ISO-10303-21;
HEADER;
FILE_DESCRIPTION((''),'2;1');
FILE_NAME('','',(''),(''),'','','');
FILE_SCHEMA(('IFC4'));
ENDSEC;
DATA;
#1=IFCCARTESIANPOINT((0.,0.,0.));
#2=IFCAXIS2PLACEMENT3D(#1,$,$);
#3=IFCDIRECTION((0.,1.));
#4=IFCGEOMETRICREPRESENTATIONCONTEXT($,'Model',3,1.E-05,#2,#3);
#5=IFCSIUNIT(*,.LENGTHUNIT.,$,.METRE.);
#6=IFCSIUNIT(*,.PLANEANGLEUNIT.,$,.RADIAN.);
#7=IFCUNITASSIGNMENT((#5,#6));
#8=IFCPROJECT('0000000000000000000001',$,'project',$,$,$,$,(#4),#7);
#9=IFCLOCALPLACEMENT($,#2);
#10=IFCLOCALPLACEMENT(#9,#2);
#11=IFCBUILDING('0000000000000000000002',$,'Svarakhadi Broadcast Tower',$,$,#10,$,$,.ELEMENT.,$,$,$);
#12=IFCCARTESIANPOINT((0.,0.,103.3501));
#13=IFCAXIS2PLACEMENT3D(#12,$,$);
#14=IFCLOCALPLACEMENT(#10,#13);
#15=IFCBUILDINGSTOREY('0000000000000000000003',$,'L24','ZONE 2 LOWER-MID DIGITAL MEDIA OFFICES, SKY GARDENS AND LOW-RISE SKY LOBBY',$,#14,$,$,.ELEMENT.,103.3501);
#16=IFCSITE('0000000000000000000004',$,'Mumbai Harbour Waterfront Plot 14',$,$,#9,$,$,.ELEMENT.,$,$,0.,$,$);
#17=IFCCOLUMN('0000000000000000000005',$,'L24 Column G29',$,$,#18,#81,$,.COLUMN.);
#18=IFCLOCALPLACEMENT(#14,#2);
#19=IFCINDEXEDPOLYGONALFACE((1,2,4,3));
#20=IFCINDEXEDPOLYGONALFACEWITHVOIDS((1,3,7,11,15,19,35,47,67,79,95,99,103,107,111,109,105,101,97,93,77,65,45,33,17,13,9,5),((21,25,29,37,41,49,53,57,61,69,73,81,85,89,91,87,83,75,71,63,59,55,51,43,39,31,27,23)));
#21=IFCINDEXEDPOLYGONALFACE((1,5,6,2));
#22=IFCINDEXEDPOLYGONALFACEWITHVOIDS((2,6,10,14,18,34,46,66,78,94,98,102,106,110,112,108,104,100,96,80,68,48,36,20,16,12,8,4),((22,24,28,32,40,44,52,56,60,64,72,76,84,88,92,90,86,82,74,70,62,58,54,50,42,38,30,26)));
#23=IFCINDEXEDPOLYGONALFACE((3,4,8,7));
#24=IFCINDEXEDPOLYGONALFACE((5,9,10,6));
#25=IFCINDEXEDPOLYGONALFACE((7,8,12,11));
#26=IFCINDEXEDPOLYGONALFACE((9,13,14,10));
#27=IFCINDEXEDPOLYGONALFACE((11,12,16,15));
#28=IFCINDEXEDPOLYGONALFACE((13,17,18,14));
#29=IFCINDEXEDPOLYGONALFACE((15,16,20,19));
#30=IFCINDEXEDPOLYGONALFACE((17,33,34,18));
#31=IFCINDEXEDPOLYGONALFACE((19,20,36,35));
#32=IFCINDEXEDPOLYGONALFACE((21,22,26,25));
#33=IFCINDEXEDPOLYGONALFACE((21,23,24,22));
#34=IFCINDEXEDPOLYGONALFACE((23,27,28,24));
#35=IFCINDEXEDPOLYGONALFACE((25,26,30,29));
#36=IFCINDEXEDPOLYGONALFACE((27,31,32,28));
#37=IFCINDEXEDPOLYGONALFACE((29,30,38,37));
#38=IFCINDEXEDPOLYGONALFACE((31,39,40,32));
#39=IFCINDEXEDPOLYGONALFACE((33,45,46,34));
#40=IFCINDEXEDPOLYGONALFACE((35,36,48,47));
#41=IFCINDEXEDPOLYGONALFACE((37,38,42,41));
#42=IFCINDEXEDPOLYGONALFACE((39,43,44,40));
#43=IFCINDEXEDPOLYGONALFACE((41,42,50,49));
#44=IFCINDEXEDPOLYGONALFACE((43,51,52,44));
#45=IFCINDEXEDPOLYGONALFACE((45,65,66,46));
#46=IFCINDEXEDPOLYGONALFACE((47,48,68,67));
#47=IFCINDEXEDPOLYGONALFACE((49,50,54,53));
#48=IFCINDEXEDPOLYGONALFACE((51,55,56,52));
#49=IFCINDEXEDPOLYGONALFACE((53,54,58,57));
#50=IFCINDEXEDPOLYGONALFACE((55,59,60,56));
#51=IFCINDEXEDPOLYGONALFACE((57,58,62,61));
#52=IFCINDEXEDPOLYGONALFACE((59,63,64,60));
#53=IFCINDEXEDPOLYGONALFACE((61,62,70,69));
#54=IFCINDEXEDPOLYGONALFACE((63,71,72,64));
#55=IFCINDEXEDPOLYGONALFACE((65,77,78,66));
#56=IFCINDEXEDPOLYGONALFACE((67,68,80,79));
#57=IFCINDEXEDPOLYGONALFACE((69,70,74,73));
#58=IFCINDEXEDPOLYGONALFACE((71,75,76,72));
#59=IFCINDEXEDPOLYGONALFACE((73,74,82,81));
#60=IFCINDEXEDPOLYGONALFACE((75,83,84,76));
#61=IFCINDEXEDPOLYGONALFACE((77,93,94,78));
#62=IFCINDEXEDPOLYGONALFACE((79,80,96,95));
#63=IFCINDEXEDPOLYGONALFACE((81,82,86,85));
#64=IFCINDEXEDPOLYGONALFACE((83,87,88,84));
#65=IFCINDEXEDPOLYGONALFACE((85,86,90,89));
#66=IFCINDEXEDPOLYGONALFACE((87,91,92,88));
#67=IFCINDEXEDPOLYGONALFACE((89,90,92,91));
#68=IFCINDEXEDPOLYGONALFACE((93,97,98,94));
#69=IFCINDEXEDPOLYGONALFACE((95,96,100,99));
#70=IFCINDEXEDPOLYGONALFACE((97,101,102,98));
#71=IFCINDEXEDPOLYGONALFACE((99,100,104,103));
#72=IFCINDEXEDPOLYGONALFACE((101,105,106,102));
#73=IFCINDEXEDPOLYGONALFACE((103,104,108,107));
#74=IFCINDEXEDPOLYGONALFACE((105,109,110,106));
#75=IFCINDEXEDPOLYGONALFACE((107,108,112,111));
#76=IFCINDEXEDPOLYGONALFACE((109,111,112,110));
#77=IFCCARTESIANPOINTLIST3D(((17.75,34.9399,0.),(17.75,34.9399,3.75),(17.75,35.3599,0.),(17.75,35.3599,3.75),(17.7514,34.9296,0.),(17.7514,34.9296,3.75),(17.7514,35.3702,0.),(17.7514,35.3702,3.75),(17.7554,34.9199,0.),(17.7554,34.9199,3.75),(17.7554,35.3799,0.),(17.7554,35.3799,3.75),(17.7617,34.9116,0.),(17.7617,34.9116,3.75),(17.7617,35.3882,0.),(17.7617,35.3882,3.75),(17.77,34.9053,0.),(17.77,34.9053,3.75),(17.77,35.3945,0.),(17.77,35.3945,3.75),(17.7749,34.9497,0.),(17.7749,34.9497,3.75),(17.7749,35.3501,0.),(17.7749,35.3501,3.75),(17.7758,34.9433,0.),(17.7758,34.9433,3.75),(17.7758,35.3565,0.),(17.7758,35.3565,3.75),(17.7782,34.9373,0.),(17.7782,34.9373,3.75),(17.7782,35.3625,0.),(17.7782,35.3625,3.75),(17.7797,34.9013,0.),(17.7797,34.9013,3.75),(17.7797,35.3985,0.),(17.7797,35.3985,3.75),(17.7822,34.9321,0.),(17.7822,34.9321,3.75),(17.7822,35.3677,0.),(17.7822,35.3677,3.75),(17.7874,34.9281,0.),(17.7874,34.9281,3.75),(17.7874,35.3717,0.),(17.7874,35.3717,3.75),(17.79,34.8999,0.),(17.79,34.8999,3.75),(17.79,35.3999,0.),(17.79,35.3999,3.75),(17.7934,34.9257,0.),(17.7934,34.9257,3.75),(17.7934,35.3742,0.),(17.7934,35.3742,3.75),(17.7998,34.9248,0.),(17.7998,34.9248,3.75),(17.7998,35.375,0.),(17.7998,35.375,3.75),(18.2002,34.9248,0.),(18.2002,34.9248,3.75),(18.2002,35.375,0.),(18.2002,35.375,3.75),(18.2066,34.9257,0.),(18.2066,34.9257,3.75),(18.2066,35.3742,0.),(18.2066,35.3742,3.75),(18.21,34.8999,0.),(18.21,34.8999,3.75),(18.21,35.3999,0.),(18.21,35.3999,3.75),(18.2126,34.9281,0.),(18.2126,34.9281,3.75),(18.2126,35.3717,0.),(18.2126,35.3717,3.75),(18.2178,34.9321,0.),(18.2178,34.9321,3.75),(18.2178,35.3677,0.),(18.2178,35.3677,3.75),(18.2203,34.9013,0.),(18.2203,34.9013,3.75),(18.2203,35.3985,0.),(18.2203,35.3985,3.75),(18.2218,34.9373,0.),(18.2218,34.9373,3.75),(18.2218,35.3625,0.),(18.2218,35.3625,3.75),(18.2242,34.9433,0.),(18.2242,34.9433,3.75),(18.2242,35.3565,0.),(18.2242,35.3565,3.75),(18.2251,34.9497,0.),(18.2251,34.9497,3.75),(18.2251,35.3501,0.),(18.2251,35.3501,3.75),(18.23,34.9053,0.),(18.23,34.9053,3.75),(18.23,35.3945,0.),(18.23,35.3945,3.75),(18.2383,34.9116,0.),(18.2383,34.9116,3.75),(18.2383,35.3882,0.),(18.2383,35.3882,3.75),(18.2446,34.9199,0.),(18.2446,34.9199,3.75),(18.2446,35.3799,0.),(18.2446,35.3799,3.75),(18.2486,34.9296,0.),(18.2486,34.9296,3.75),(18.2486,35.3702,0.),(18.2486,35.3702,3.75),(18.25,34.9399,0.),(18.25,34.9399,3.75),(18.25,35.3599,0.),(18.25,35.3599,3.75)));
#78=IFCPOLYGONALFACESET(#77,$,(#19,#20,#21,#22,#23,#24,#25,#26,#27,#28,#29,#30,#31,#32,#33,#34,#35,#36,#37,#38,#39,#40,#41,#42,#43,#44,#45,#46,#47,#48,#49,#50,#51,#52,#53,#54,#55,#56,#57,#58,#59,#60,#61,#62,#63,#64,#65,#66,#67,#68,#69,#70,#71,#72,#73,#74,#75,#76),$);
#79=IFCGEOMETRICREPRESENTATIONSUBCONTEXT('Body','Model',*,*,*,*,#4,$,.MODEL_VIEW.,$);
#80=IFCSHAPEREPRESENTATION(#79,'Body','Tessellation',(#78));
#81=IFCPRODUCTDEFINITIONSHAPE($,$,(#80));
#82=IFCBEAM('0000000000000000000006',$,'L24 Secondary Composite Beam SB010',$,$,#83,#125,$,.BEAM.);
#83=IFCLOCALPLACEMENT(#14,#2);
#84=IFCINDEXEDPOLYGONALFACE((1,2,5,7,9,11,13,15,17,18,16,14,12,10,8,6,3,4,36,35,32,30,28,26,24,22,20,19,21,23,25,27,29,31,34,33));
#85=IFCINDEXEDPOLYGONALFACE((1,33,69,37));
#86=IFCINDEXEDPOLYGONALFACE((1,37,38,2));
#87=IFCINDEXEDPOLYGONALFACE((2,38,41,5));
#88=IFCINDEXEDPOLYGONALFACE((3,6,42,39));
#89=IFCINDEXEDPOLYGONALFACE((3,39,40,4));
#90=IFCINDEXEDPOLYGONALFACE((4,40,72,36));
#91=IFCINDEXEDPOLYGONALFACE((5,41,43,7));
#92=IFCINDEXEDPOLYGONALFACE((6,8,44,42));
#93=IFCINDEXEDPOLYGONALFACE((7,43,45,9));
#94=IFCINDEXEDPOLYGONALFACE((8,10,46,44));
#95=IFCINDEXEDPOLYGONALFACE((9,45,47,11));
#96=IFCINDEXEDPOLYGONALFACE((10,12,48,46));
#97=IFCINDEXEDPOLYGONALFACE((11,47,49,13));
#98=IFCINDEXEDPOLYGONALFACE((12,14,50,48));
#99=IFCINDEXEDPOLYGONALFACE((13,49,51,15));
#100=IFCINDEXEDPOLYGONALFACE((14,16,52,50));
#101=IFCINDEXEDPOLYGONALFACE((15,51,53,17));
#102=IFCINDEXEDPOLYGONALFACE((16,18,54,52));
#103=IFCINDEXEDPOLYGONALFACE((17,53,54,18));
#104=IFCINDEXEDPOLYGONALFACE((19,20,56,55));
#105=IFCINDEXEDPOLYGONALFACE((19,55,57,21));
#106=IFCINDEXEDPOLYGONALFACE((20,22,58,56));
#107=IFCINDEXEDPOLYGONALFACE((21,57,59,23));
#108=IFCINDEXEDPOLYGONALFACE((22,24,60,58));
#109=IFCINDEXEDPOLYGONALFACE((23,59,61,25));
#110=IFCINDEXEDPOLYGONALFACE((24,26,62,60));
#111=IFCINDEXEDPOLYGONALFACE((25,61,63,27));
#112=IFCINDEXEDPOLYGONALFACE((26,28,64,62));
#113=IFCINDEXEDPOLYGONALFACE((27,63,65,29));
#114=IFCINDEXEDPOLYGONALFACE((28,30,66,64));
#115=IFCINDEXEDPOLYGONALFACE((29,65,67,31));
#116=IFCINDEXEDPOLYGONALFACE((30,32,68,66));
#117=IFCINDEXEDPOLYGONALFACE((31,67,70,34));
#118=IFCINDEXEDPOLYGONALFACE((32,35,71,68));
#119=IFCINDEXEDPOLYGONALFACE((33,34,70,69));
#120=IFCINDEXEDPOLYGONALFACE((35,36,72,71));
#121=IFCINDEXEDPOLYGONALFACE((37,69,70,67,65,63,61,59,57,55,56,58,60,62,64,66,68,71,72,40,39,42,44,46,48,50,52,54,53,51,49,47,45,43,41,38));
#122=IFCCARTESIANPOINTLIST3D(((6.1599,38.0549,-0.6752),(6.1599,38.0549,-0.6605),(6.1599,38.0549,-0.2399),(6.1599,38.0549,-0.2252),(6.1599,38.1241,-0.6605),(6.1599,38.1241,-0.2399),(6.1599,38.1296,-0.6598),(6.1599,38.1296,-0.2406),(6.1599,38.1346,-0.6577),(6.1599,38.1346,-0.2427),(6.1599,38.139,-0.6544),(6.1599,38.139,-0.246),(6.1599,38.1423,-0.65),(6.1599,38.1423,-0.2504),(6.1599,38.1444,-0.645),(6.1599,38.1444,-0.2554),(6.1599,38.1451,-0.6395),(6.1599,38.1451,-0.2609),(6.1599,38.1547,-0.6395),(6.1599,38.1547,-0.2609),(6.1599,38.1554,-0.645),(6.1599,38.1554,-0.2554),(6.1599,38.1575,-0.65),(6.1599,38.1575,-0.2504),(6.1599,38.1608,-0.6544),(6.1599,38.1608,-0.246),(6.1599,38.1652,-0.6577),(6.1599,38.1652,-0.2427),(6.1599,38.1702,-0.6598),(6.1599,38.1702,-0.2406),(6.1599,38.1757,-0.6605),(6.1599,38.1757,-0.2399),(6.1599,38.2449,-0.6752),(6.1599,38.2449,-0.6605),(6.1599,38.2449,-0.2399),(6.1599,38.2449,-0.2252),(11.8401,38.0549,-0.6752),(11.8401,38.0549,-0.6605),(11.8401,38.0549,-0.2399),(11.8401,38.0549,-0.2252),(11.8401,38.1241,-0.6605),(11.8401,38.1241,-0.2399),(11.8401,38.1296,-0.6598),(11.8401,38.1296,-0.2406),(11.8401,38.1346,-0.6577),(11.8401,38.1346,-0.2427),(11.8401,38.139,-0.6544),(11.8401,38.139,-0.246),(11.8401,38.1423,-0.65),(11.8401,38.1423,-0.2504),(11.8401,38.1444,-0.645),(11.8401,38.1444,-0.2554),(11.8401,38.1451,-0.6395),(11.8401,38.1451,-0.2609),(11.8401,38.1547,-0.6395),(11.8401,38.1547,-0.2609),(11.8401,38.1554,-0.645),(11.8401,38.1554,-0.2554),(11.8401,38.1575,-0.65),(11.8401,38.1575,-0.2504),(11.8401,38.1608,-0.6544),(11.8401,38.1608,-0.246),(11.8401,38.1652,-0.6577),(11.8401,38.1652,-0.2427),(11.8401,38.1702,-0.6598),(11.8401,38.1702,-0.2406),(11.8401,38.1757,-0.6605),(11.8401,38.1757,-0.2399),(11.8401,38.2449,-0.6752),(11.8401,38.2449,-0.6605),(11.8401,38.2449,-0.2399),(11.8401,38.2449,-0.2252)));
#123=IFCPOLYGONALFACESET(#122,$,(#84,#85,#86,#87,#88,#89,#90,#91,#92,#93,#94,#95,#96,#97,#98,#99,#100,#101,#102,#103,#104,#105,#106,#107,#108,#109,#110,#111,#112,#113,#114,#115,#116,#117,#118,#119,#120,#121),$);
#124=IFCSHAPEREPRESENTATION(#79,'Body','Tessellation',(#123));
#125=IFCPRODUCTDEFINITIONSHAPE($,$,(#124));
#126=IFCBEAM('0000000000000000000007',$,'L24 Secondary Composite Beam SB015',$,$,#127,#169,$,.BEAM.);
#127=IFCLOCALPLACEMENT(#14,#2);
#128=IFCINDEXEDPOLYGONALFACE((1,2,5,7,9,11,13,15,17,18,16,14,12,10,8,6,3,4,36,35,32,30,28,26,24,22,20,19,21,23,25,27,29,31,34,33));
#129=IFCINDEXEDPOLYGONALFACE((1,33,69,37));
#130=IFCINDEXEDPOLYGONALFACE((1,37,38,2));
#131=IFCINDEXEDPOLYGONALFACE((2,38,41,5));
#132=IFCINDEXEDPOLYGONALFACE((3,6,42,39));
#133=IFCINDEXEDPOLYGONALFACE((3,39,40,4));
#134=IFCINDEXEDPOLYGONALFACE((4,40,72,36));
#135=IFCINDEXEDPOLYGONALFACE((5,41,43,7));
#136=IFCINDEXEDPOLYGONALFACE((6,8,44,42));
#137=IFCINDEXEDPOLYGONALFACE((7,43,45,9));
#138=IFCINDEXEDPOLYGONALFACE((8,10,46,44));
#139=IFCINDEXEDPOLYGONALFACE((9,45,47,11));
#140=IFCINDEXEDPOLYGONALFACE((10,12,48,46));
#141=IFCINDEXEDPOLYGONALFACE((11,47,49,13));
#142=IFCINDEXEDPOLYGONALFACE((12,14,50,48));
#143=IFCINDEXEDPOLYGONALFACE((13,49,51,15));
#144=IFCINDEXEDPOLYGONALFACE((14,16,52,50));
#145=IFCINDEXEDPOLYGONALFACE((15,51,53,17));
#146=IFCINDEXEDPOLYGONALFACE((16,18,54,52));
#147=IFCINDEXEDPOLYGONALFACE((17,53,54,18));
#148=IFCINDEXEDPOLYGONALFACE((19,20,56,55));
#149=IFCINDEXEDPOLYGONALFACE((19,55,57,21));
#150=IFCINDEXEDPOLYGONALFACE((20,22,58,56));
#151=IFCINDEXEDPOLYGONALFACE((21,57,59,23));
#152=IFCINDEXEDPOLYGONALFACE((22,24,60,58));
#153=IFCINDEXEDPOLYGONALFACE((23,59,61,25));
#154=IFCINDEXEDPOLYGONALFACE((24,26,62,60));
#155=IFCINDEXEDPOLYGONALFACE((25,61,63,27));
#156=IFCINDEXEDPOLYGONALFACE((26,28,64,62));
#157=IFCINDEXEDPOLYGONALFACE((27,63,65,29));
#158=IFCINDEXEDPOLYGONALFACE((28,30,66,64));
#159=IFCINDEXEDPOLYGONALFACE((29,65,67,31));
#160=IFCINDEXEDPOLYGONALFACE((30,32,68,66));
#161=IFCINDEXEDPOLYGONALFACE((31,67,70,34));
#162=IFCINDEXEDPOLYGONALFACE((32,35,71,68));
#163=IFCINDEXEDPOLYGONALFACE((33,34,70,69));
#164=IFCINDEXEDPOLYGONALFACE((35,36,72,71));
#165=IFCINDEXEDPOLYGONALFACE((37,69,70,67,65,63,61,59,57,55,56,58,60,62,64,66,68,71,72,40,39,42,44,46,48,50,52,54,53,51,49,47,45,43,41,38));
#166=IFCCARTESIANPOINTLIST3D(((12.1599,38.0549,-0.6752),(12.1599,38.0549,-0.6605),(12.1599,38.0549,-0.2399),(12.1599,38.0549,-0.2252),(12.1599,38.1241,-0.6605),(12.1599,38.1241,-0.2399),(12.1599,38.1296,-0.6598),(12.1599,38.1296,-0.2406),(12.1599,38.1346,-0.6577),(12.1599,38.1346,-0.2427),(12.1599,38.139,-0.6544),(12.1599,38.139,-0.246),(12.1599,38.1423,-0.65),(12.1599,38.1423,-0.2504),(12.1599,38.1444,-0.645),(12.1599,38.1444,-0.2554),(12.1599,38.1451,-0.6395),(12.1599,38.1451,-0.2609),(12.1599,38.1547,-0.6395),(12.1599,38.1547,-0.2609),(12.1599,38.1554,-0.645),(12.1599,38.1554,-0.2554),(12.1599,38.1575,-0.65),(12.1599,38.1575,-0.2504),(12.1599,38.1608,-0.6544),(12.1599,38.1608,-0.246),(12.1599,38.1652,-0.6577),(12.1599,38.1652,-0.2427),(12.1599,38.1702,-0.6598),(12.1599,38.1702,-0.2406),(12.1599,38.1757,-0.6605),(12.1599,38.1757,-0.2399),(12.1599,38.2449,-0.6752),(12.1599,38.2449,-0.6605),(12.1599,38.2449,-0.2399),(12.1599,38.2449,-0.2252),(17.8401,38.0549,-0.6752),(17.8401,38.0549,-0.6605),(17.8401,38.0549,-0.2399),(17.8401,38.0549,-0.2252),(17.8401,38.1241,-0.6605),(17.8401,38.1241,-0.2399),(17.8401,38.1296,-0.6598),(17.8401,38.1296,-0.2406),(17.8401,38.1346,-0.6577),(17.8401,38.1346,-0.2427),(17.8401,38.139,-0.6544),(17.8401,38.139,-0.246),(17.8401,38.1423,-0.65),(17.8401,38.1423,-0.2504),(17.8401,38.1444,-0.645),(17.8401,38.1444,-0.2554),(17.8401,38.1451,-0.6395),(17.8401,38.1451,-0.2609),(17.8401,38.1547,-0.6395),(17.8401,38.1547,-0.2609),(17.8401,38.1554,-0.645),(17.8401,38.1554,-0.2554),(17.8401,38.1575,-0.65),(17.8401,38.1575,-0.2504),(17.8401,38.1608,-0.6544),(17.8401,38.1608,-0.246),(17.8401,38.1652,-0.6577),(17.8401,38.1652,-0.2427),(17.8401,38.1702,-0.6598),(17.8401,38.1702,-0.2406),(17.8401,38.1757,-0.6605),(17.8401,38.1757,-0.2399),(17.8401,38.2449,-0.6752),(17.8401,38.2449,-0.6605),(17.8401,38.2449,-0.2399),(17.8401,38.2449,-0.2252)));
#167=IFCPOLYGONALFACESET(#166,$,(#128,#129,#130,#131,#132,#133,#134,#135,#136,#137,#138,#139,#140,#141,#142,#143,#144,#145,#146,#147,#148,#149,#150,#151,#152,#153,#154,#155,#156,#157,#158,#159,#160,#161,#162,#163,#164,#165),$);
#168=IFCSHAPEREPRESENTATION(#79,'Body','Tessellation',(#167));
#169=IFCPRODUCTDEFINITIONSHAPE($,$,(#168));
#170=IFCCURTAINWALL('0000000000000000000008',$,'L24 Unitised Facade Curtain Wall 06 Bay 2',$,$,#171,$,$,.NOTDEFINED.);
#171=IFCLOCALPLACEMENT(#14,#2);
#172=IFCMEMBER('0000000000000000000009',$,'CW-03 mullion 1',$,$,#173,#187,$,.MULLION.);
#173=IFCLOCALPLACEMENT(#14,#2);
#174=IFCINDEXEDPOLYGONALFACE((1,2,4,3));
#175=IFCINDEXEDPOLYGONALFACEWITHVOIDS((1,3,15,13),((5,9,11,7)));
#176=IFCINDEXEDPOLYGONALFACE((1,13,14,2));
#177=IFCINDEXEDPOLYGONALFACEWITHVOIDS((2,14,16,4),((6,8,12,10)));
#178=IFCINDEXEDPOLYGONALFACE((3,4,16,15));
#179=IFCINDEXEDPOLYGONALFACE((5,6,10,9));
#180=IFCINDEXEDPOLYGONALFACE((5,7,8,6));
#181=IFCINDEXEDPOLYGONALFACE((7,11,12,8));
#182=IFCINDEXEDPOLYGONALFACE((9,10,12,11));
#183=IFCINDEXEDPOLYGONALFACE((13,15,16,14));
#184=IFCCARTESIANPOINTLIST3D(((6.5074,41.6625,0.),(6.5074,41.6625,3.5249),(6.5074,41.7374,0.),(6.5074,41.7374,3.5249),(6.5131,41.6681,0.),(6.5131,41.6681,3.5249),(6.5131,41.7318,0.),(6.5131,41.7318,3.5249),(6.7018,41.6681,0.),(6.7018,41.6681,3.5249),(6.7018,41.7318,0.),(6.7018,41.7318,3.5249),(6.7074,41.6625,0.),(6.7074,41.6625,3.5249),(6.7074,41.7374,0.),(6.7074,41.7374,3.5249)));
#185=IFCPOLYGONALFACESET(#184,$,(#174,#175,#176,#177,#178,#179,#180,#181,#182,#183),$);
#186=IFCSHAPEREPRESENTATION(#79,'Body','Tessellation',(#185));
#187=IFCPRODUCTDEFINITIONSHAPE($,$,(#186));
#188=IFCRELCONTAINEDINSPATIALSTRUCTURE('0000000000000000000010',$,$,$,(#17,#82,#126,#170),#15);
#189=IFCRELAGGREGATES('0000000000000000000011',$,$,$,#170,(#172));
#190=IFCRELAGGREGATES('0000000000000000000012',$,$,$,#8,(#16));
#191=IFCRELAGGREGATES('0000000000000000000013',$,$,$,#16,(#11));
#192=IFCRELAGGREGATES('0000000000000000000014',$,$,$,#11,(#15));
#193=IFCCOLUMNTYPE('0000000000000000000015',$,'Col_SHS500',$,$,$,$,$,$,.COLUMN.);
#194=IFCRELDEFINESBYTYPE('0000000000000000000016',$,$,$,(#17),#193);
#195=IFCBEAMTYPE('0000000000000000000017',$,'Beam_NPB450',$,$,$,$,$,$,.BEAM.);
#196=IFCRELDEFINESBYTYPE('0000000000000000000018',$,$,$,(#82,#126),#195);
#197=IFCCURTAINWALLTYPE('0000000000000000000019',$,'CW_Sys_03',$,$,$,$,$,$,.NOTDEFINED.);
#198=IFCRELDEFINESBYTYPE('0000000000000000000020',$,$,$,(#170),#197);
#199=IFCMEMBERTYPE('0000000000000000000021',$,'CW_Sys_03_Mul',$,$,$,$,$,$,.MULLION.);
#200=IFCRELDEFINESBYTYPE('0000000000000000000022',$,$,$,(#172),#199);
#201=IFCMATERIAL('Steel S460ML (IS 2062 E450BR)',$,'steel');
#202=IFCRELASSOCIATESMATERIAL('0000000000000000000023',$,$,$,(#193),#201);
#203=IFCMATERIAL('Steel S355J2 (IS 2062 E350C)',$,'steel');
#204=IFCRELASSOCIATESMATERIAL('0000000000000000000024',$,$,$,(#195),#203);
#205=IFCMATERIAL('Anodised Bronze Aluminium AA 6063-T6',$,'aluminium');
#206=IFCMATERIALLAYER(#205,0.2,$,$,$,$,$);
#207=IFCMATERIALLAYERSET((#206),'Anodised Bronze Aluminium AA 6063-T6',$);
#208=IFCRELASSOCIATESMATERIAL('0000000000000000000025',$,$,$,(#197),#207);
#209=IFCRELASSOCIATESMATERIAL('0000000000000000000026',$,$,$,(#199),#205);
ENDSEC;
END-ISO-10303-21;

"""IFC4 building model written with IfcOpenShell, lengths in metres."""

from ifc_helpers import new_model, si_unit, direction, frame, origin, origin_2d, place, context, subcontext, project, spatial, hollow_rectangle, i_section, extrude, material, layer, layer_set, material_profile, profile_set, type_object, element, aggregate, save


model = new_model("IFC4")

# Units and contexts
model_context = context("Model", 3, precision=1e-05, world=origin(), true_north=direction((0.0, 1.0)))
body_context = subcontext(model_context, "Body", "Model", "MODEL_VIEW")
ifc_project = project(units=[si_unit("LENGTHUNIT", "METRE"), si_unit("PLANEANGLEUNIT", "RADIAN")], contexts=[model_context])

# Site, building, storey
site_placement = place(None, origin())
site = spatial("IfcSite", under=ifc_project, at=site_placement, Name="Mumbai Harbour Waterfront Plot 14", CompositionType="ELEMENT", RefElevation=0.0)
building_placement = place(site_placement, origin())
building = spatial("IfcBuilding", under=site, at=building_placement, Name="Svarakhadi Broadcast Tower", CompositionType="ELEMENT")
storey_placement = place(building_placement, frame((0.0, 0.0, 103.3501)))
storey = spatial("IfcBuildingStorey", under=building, at=storey_placement, Name="L24", Description="ZONE 2 LOWER-MID DIGITAL MEDIA OFFICES, SKY GARDENS AND LOW-RISE SKY LOBBY", CompositionType="ELEMENT", Elevation=103.3501)

# Column
ifc_material_1 = material(Name="Steel S460ML (IS 2062 E450BR)", Category="steel")
ifc_material_profile_1 = material_profile(ifc_material_1, hollow_rectangle(XDim=0.5, YDim=0.5, WallThickness=0.0249, InnerFilletRadius=0.0249, OuterFilletRadius=0.04, at=origin_2d()), Name="SHS 500x500x25")
ifc_profile_set_1 = profile_set([ifc_material_profile_1], Name="Steel S460ML (IS 2062 E450BR)")
column_type_1 = type_object("IfcColumnType", Name="Col_SHS500", PredefinedType="COLUMN", material=ifc_profile_set_1)
for number, where, z_axis, x_axis, name in (
    (1, (18.0, 35.1499, 0.0), (0.0, 0.0, 1.0), (1.0, 0.0, 0.0), "L24 Column G29"),
):
    element("IfcColumn", number, at=place(storey_placement, frame(where, z_axis=z_axis, x_axis=x_axis)), inside=storey, type_object=column_type_1, Name=name, PredefinedType="COLUMN", context=body_context, shape_type="SweptSolid", body=[
        extrude(hollow_rectangle(XDim=0.5, YDim=0.5, WallThickness=0.0249, InnerFilletRadius=0.0249, OuterFilletRadius=0.04, at=origin_2d()), origin(), (0.0, 0.0, 1.0), 3.75),
    ])

# Beams
ifc_material_2 = material(Name="Steel S355J2 (IS 2062 E350C)", Category="steel")
ifc_material_profile_2 = material_profile(ifc_material_2, i_section(OverallWidth=0.1899, OverallDepth=0.45, WebThickness=0.0095, FlangeThickness=0.0146, FilletRadius=0.021, at=origin_2d()), Name="NPB 450x190x78")
ifc_profile_set_2 = profile_set([ifc_material_profile_2], Name="Steel S355J2 (IS 2062 E350C)")
beam_type_1 = type_object("IfcBeamType", Name="Beam_NPB450", PredefinedType="BEAM", material=ifc_profile_set_2)
for number, where, z_axis, x_axis, name in (
    (2, (6.1599, 38.1499, -0.4502), (1.0, 0.0, 0.0), (0.0, 1.0, 0.0), "L24 Secondary Composite Beam SB010"),
    (3, (12.1599, 38.1499, -0.4502), (1.0, 0.0, 0.0), (0.0, 1.0, 0.0), "L24 Secondary Composite Beam SB015"),
):
    element("IfcBeam", number, at=place(storey_placement, frame(where, z_axis=z_axis, x_axis=x_axis)), inside=storey, type_object=beam_type_1, Name=name, PredefinedType="BEAM", context=body_context, shape_type="SweptSolid", body=[
        extrude(i_section(OverallWidth=0.1899, OverallDepth=0.45, WebThickness=0.0095, FlangeThickness=0.0146, FilletRadius=0.021, at=origin_2d()), origin(), (0.0, 0.0, 1.0), 5.6802),
    ])

# Curtain wall, member
ifc_material_3 = material(Name="Anodised Bronze Aluminium AA 6063-T6", Category="aluminium")
ifc_layer_1 = layer(ifc_material_3, 0.2)
ifc_layer_set_1 = layer_set([ifc_layer_1], Name="Anodised Bronze Aluminium AA 6063-T6")
curtain_wall_type = type_object("IfcCurtainWallType", Name="CW_Sys_03", PredefinedType="NOTDEFINED", material=ifc_layer_set_1)
curtain_wall_placement = place(storey_placement, origin())
curtain_wall = element("IfcCurtainWall", 4, at=curtain_wall_placement, inside=storey, type_object=curtain_wall_type, Name="L24 Unitised Facade Curtain Wall 06 Bay 2", PredefinedType="NOTDEFINED")
ifc_material_profile_3 = material_profile(ifc_material_3, hollow_rectangle(XDim=0.075, YDim=0.2, WallThickness=0.0056, at=origin_2d()), Name="ALU MULLION 200x75x6")
ifc_profile_set_3 = profile_set([ifc_material_profile_3], Name="Anodised Bronze Aluminium AA 6063-T6")
member_type_1 = type_object("IfcMemberType", Name="CW_Sys_03_Mul", PredefinedType="MULLION", material=ifc_profile_set_3)
member_1_placement = place(storey_placement, frame((6.6074, 41.7, 0.0), z_axis=(0.0, 0.0, 1.0), x_axis=(0.0, 1.0, 0.0)))
member_1 = element("IfcMember", 5, at=member_1_placement, type_object=member_type_1, Name="CW-03 mullion 1", PredefinedType="MULLION", context=body_context, shape_type="SweptSolid", body=[
    extrude(hollow_rectangle(XDim=0.075, YDim=0.2, WallThickness=0.0056, at=origin_2d()), origin(), (0.0, 0.0, 1.0), 3.5249),
])

aggregate(curtain_wall, [member_1])

save(model, "model.ifc")
